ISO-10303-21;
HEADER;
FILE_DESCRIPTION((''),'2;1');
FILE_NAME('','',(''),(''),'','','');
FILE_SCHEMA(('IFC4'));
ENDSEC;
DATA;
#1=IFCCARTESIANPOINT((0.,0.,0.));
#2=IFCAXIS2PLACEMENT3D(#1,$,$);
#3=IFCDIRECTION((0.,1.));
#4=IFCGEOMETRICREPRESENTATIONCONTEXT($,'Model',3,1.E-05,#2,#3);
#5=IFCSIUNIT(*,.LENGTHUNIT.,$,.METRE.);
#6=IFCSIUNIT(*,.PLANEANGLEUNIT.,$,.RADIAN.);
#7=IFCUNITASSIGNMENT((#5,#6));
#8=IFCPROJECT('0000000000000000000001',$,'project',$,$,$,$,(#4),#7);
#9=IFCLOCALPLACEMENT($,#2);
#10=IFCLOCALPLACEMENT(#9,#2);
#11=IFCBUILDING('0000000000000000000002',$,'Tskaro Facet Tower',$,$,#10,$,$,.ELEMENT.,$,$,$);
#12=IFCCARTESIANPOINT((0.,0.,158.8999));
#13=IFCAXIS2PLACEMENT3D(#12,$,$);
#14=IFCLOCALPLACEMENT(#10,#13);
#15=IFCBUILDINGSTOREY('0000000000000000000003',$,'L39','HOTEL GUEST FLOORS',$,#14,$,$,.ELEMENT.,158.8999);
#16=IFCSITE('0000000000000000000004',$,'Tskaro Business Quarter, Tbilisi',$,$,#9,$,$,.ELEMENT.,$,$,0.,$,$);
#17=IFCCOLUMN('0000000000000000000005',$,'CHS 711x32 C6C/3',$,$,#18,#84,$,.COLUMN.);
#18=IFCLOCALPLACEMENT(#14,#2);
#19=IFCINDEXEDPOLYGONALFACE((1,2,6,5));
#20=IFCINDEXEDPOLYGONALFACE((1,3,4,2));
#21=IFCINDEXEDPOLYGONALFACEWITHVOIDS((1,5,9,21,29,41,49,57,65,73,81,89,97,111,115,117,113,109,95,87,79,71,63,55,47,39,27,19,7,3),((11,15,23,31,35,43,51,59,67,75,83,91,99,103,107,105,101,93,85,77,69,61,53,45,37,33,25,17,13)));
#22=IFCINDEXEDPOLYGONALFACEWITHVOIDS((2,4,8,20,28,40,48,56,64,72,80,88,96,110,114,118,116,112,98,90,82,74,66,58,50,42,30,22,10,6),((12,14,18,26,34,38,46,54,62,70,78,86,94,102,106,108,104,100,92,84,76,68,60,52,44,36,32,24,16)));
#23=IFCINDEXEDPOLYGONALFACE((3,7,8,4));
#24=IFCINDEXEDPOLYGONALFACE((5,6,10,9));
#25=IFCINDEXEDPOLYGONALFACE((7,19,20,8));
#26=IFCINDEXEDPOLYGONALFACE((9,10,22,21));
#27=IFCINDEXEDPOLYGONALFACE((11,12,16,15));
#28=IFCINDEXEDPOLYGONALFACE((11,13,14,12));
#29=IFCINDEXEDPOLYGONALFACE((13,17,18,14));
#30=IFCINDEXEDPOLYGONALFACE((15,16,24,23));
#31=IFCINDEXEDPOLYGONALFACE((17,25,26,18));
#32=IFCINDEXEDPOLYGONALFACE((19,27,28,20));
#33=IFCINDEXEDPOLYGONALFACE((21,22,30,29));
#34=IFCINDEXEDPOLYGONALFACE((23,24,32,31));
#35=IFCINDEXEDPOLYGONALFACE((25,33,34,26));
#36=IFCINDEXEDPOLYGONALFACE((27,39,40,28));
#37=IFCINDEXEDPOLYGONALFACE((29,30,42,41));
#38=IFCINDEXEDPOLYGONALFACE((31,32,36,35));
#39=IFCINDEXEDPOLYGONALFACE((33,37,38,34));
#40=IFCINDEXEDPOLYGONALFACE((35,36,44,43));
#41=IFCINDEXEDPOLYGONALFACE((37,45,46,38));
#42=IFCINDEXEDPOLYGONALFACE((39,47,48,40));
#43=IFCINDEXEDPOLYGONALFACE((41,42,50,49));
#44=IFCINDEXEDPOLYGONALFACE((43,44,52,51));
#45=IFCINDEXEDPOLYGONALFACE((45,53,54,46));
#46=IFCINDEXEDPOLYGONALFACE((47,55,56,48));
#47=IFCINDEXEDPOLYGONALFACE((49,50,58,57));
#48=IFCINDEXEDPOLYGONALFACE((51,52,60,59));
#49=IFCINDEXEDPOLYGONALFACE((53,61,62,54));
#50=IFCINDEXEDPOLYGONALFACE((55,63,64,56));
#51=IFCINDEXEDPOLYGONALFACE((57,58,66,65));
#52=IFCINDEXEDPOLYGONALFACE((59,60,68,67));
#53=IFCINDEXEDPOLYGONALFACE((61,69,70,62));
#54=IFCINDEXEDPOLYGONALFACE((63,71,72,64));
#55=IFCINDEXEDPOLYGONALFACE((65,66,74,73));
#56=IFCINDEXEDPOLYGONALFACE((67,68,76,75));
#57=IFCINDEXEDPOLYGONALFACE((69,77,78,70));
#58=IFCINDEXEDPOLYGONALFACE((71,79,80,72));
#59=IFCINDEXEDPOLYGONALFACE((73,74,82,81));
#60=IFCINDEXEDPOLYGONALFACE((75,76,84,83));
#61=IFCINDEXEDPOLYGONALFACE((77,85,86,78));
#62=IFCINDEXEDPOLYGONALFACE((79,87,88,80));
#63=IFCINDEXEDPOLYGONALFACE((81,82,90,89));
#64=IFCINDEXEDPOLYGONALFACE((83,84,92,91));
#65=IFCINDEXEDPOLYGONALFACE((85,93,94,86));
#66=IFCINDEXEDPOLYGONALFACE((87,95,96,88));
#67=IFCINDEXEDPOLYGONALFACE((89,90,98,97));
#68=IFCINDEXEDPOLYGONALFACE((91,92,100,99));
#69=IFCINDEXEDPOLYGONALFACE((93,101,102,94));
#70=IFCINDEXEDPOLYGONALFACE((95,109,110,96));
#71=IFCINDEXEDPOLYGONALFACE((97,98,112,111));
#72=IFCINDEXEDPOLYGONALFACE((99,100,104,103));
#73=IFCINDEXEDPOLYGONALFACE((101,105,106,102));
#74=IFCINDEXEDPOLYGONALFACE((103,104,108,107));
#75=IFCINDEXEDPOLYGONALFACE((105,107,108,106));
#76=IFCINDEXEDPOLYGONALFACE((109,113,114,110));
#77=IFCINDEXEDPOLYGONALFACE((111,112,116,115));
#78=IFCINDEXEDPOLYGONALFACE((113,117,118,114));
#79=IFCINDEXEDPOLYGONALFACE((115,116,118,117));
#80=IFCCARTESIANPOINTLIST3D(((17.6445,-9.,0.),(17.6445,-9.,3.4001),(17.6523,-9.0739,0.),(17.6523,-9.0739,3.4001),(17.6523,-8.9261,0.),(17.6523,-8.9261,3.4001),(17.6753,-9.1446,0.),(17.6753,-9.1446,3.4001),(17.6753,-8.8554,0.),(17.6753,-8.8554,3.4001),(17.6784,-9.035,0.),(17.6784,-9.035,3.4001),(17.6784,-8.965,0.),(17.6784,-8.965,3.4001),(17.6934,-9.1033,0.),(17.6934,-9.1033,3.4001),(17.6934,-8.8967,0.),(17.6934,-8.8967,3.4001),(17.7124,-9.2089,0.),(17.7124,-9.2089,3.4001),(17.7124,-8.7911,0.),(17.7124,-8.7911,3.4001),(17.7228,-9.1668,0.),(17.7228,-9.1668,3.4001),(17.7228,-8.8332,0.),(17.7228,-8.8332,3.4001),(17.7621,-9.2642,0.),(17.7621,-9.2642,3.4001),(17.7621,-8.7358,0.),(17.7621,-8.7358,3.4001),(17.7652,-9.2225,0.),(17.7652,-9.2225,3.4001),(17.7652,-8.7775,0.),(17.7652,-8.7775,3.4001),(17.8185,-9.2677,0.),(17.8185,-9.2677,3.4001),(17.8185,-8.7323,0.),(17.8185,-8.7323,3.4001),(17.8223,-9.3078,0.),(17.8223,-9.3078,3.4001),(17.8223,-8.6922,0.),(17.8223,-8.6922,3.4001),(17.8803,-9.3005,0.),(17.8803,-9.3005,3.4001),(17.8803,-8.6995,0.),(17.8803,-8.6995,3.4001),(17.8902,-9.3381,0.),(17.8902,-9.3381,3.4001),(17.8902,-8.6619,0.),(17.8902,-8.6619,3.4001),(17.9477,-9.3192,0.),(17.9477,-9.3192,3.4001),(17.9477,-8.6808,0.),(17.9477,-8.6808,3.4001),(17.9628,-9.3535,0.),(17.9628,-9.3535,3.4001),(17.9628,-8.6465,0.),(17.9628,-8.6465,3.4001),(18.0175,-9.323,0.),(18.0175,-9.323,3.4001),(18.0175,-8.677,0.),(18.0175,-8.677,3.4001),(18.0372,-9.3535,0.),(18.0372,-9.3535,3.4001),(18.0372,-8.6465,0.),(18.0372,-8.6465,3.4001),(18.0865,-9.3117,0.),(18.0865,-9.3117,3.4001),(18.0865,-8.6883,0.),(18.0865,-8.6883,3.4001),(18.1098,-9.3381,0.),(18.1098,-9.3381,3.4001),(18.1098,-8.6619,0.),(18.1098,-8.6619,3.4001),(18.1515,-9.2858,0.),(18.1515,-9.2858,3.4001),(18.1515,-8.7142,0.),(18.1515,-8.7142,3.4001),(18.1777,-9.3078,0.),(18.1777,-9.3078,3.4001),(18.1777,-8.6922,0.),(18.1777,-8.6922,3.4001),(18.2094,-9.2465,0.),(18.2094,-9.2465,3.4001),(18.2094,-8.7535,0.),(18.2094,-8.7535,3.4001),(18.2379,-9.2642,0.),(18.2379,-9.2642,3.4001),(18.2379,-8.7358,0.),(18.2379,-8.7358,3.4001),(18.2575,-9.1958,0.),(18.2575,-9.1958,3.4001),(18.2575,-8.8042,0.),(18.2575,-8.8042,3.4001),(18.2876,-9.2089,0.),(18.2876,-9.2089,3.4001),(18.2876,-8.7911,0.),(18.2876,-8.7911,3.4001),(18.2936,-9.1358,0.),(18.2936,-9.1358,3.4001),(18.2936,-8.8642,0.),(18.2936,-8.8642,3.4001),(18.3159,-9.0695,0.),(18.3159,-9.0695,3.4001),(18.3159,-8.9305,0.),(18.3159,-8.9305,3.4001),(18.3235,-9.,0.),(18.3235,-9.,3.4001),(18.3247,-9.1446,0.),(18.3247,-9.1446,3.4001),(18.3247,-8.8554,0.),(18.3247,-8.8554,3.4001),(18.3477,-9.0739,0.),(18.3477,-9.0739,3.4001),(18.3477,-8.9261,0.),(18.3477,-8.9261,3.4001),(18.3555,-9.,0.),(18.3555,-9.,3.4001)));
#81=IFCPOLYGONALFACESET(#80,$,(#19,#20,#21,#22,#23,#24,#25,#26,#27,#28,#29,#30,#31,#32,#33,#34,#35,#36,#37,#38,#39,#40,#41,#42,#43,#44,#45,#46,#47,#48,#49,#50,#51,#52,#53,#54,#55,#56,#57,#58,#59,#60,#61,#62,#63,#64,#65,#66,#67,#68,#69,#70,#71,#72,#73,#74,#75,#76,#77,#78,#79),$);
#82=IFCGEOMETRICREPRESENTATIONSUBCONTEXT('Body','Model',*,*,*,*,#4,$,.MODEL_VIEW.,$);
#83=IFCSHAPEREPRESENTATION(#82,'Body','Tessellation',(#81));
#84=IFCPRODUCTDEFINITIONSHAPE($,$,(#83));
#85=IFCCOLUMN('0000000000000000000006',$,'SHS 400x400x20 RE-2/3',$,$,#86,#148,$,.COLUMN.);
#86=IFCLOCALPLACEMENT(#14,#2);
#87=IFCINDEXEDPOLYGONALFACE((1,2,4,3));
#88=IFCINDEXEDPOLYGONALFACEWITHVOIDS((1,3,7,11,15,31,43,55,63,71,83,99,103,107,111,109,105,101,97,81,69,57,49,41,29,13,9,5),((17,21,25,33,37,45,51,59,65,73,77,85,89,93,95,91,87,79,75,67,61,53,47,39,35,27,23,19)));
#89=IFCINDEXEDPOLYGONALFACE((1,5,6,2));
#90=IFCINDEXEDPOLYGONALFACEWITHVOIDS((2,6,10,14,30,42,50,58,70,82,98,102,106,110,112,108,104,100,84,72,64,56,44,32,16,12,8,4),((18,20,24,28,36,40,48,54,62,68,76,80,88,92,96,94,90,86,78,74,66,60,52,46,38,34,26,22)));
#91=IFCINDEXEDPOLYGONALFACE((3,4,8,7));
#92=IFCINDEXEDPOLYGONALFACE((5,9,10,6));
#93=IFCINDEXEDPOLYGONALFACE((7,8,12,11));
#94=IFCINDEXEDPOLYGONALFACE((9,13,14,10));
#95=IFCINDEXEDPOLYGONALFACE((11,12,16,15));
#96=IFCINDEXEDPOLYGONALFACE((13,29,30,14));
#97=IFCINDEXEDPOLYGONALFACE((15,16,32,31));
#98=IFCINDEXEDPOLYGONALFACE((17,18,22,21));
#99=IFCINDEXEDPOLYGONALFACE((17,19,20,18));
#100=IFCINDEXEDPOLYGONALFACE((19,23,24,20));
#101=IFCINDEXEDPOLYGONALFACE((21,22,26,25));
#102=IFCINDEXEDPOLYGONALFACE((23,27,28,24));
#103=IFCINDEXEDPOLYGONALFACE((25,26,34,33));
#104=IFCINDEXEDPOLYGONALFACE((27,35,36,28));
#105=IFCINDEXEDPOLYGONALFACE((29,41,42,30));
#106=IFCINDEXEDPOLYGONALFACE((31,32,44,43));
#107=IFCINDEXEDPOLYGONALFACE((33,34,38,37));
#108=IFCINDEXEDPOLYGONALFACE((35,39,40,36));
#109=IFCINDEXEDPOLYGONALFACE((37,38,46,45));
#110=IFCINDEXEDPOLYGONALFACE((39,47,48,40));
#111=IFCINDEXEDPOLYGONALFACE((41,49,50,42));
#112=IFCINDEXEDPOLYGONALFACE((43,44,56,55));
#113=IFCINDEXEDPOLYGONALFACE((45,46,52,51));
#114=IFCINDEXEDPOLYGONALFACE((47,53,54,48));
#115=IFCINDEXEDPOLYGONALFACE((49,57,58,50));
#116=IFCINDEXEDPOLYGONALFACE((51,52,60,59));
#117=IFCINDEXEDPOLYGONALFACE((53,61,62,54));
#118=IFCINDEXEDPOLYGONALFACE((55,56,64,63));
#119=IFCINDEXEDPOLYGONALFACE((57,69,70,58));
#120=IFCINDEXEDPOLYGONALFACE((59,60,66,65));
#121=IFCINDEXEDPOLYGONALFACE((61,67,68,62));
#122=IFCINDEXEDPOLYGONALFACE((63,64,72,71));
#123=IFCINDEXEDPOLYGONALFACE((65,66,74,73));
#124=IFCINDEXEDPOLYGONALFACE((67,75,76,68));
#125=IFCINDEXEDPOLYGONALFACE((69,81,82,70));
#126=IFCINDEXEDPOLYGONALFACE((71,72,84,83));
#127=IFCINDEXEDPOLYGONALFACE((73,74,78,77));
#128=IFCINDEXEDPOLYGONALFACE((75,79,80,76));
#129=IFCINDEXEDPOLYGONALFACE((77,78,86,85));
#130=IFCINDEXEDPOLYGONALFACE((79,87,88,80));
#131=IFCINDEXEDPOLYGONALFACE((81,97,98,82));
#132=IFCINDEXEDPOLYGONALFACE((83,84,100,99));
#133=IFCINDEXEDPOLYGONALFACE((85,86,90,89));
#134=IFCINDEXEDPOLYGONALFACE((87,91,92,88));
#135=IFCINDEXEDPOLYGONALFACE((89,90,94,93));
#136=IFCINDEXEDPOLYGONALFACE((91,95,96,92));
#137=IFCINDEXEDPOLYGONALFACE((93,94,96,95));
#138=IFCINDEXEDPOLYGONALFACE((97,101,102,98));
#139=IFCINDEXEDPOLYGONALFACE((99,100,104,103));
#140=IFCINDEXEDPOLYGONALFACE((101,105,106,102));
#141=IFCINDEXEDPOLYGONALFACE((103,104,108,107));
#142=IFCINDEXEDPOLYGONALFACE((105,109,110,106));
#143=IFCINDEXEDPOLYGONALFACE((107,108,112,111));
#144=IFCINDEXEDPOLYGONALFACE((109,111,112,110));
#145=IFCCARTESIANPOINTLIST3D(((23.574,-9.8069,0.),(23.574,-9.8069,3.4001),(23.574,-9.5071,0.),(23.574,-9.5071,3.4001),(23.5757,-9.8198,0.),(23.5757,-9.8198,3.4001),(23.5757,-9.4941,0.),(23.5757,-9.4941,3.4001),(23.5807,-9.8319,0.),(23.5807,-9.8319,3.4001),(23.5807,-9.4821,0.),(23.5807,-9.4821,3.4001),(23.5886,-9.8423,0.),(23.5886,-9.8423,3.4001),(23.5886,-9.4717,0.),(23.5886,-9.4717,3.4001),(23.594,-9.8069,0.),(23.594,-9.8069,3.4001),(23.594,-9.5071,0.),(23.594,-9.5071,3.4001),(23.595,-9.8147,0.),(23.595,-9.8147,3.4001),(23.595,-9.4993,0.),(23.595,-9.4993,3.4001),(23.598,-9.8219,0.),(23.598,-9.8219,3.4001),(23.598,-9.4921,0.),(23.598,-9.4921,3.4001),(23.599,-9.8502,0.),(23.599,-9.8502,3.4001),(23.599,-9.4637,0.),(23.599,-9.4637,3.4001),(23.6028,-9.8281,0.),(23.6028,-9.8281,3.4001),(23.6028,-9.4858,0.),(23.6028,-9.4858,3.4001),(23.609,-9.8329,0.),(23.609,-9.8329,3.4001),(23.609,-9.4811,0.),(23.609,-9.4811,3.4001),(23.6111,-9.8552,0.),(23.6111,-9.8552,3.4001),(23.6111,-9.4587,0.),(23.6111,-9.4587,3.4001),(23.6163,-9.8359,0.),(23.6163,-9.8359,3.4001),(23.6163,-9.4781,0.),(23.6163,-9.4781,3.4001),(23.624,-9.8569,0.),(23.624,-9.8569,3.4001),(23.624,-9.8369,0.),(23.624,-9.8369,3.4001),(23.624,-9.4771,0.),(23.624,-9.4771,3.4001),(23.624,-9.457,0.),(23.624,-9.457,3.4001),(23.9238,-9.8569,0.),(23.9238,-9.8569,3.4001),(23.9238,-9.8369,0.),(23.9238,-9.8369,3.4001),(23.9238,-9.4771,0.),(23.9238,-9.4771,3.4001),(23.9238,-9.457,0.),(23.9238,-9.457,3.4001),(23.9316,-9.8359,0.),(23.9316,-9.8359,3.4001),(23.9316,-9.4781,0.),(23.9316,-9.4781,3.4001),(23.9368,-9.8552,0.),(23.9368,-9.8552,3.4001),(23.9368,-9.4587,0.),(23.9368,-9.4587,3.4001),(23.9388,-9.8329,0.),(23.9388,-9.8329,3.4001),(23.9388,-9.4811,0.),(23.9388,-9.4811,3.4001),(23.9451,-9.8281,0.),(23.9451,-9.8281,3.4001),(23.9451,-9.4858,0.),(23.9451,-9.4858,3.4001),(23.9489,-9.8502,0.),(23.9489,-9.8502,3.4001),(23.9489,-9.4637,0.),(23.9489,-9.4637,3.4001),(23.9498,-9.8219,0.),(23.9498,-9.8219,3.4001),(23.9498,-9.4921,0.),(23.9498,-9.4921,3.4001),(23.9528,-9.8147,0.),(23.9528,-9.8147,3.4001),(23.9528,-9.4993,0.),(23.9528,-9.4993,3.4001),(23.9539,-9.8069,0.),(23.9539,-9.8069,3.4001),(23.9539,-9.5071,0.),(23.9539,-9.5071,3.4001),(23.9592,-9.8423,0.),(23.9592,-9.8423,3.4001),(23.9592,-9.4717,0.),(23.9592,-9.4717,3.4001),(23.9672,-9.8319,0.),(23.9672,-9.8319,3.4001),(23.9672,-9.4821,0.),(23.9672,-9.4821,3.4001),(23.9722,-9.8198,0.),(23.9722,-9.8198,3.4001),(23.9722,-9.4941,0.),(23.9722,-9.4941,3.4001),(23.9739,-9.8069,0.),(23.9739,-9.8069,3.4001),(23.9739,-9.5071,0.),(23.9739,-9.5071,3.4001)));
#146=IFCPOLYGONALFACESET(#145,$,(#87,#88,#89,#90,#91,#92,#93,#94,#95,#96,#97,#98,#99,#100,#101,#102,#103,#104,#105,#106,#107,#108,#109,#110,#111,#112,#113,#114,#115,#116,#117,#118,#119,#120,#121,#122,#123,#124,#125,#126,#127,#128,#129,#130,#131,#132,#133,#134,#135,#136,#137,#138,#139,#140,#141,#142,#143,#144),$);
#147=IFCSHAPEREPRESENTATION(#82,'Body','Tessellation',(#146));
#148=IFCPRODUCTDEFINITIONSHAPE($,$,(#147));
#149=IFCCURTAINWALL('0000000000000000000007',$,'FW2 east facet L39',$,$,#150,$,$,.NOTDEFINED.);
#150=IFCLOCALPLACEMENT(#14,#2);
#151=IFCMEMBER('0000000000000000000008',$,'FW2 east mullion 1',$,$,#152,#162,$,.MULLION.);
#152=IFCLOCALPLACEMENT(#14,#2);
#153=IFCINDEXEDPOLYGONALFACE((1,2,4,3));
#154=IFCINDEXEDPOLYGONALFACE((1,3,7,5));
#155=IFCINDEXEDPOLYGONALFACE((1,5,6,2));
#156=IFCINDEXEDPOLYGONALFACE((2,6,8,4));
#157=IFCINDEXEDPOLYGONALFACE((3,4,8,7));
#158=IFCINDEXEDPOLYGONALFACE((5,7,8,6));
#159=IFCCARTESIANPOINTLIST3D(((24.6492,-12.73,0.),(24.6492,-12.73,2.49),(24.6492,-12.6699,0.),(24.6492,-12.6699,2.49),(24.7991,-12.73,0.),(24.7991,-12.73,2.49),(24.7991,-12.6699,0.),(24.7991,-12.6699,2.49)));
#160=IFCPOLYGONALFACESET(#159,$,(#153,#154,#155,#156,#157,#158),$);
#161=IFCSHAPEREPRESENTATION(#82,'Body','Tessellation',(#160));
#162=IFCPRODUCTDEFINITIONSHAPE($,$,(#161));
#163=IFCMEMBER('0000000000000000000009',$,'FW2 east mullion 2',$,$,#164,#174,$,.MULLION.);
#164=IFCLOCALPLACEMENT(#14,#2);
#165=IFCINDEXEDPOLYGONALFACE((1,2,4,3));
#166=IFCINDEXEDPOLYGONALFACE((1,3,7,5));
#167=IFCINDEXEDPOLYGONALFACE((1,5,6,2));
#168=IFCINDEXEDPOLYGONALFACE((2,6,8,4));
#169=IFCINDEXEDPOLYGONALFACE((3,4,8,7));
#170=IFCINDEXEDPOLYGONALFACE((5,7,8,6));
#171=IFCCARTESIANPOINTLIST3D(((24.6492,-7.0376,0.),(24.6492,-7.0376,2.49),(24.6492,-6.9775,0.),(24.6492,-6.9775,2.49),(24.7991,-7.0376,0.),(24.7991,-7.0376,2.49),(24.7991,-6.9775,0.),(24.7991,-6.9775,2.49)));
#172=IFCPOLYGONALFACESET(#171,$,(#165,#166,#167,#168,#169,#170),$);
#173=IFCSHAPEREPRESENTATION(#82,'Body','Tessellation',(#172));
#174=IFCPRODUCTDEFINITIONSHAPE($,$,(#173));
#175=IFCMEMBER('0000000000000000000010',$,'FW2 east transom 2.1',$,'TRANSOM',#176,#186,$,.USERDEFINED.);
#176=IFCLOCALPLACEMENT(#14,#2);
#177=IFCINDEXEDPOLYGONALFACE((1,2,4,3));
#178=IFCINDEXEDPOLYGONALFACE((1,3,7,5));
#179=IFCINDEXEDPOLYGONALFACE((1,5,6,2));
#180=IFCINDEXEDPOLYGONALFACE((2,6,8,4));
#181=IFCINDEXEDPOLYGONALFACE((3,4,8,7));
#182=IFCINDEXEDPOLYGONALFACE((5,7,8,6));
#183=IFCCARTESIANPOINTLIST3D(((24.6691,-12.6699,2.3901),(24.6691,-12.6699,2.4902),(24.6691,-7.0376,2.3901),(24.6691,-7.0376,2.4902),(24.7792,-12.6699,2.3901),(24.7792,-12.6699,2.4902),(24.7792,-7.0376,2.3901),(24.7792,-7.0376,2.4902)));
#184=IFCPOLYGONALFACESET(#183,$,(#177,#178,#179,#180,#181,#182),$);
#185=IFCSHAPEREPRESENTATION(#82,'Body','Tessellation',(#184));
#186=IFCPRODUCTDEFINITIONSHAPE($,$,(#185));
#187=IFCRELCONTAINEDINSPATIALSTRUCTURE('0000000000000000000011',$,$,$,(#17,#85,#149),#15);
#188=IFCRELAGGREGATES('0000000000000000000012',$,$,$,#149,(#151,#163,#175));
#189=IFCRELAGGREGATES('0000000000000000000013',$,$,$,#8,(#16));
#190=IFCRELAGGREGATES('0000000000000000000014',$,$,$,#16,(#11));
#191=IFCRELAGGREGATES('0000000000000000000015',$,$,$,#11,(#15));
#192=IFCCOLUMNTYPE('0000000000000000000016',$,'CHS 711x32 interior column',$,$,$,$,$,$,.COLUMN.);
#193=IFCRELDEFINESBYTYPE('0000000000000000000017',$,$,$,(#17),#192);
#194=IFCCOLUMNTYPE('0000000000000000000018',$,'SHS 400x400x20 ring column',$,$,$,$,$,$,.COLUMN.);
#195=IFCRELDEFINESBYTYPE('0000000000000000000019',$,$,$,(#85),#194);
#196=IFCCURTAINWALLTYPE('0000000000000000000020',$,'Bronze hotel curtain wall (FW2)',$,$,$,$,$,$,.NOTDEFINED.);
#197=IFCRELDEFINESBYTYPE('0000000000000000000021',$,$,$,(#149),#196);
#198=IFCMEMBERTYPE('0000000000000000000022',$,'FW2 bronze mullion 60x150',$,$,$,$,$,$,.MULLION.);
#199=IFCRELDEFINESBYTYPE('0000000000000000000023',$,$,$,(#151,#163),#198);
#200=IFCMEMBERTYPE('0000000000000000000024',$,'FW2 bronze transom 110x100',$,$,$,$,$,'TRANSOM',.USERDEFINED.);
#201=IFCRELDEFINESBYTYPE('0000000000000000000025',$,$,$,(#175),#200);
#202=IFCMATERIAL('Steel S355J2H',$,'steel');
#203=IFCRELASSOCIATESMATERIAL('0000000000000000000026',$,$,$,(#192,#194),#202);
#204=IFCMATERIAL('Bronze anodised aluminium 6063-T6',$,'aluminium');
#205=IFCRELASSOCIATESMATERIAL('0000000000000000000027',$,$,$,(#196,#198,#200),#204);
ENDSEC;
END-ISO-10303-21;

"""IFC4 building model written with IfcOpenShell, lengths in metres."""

from ifc_helpers import new_model, si_unit, direction, frame, origin, origin_2d, place, context, subcontext, project, spatial, rectangle, hollow_rectangle, hollow_circle, extrude, material, material_profile, profile_set, type_object, element, aggregate, save


model = new_model("IFC4")

# Units and contexts
model_context = context("Model", 3, precision=1e-05, world=origin(), true_north=direction((0.0, 1.0)))
body_context = subcontext(model_context, "Body", "Model", "MODEL_VIEW")
ifc_project = project(units=[si_unit("LENGTHUNIT", "METRE"), si_unit("PLANEANGLEUNIT", "RADIAN")], contexts=[model_context])

# Site, building, storey
site_placement = place(None, origin())
site = spatial("IfcSite", under=ifc_project, at=site_placement, Name="Tskaro Business Quarter, Tbilisi", CompositionType="ELEMENT", RefElevation=0.0)
building_placement = place(site_placement, origin())
building = spatial("IfcBuilding", under=site, at=building_placement, Name="Tskaro Facet Tower", CompositionType="ELEMENT")
storey_placement = place(building_placement, frame((0.0, 0.0, 158.8999)))
storey = spatial("IfcBuildingStorey", under=building, at=storey_placement, Name="L39", Description="HOTEL GUEST FLOORS", CompositionType="ELEMENT", Elevation=158.8999)

# Columns
ifc_material_1 = material(Name="Steel S355J2H", Category="steel")
ifc_material_profile_1 = material_profile(ifc_material_1, hollow_circle(Radius=0.3555, WallThickness=0.032, at=origin_2d()), Name="CHS 711x32")
ifc_profile_set_1 = profile_set([ifc_material_profile_1], Name="Steel S355J2H")
column_type_1 = type_object("IfcColumnType", Name="CHS 711x32 interior column", PredefinedType="COLUMN", material=ifc_profile_set_1)
column_1_placement = place(storey_placement, frame((18.0, -9.0, 0.0), z_axis=(0.0, 0.0, 1.0), x_axis=(1.0, 0.0, 0.0)))
element("IfcColumn", 1, at=column_1_placement, inside=storey, type_object=column_type_1, Name="CHS 711x32 C6C/3", PredefinedType="COLUMN", context=body_context, shape_type="SweptSolid", body=[
    extrude(hollow_circle(Radius=0.3555, WallThickness=0.032, at=origin_2d()), origin(), (0.0, 0.0, 1.0), 3.4001),
])
ifc_material_profile_2 = material_profile(ifc_material_1, hollow_rectangle(XDim=0.3999, YDim=0.3999, WallThickness=0.02, InnerFilletRadius=0.03, OuterFilletRadius=0.05, at=origin_2d()), Name="SHS 400x400x20")
ifc_profile_set_2 = profile_set([ifc_material_profile_2], Name="Steel S355J2H")
column_type_2 = type_object("IfcColumnType", Name="SHS 400x400x20 ring column", PredefinedType="COLUMN", material=ifc_profile_set_2)
column_2_placement = place(storey_placement, frame((23.7739, -9.657, 0.0), z_axis=(0.0, 0.0, 1.0), x_axis=(1.0, 0.0, 0.0)))
element("IfcColumn", 2, at=column_2_placement, inside=storey, type_object=column_type_2, Name="SHS 400x400x20 RE-2/3", PredefinedType="COLUMN", context=body_context, shape_type="SweptSolid", body=[
    extrude(hollow_rectangle(XDim=0.3999, YDim=0.3999, WallThickness=0.02, InnerFilletRadius=0.03, OuterFilletRadius=0.05, at=origin_2d()), origin(), (0.0, 0.0, 1.0), 3.4001),
])

# Curtain wall, members
ifc_material_2 = material(Name="Bronze anodised aluminium 6063-T6", Category="aluminium")
curtain_wall_type = type_object("IfcCurtainWallType", Name="Bronze hotel curtain wall (FW2)", PredefinedType="NOTDEFINED", material=ifc_material_2)
curtain_wall_placement = place(storey_placement, origin())
curtain_wall = element("IfcCurtainWall", 3, at=curtain_wall_placement, inside=storey, type_object=curtain_wall_type, Name="FW2 east facet L39", PredefinedType="NOTDEFINED")
ifc_material_profile_3 = material_profile(ifc_material_2, rectangle(XDim=0.0601, YDim=0.1499, at=origin_2d()), Name="Mullion 60x150")
ifc_profile_set_3 = profile_set([ifc_material_profile_3], Name="Bronze anodised aluminium 6063-T6")
member_type_1 = type_object("IfcMemberType", Name="FW2 bronze mullion 60x150", PredefinedType="MULLION", material=ifc_profile_set_3)
member_1_placement = place(storey_placement, frame((24.7241, -12.7, 0.0), z_axis=(0.0, 0.0, 1.0), x_axis=(0.0, 1.0, 0.0)))
member_1 = element("IfcMember", 4, at=member_1_placement, type_object=member_type_1, Name="FW2 east mullion 1", PredefinedType="MULLION", context=body_context, shape_type="SweptSolid", body=[
    extrude(rectangle(XDim=0.0601, YDim=0.1499, at=origin_2d()), origin(), (0.0, 0.0, 1.0), 2.49),
])
member_2_placement = place(storey_placement, frame((24.7241, -7.0076, 0.0), z_axis=(0.0, 0.0, 1.0), x_axis=(0.0, 1.0, 0.0)))
member_2 = element("IfcMember", 5, at=member_2_placement, type_object=member_type_1, Name="FW2 east mullion 2", PredefinedType="MULLION", context=body_context, shape_type="SweptSolid", body=[
    extrude(rectangle(XDim=0.0601, YDim=0.1499, at=origin_2d()), origin(), (0.0, 0.0, 1.0), 2.49),
])
ifc_material_profile_4 = material_profile(ifc_material_2, rectangle(XDim=0.1101, YDim=0.1001, at=origin_2d()), Name="Transom 110x100")
ifc_profile_set_4 = profile_set([ifc_material_profile_4], Name="Bronze anodised aluminium 6063-T6")
member_type_2 = type_object("IfcMemberType", Name="FW2 bronze transom 110x100", ElementType="TRANSOM", PredefinedType="USERDEFINED", material=ifc_profile_set_4)
member_3_placement = place(storey_placement, frame((24.7241, -12.6699, 2.4402), z_axis=(0.0, 1.0, 0.0), x_axis=(-1.0, 0.0, 0.0)))
member_3 = element("IfcMember", 6, at=member_3_placement, type_object=member_type_2, Name="FW2 east transom 2.1", ObjectType="TRANSOM", PredefinedType="USERDEFINED", context=body_context, shape_type="SweptSolid", body=[
    extrude(rectangle(XDim=0.1101, YDim=0.1001, at=origin_2d()), origin(), (0.0, 0.0, 1.0), 5.6323),
])

aggregate(curtain_wall, [member_1, member_2, member_3])

save(model, "model.ifc")
